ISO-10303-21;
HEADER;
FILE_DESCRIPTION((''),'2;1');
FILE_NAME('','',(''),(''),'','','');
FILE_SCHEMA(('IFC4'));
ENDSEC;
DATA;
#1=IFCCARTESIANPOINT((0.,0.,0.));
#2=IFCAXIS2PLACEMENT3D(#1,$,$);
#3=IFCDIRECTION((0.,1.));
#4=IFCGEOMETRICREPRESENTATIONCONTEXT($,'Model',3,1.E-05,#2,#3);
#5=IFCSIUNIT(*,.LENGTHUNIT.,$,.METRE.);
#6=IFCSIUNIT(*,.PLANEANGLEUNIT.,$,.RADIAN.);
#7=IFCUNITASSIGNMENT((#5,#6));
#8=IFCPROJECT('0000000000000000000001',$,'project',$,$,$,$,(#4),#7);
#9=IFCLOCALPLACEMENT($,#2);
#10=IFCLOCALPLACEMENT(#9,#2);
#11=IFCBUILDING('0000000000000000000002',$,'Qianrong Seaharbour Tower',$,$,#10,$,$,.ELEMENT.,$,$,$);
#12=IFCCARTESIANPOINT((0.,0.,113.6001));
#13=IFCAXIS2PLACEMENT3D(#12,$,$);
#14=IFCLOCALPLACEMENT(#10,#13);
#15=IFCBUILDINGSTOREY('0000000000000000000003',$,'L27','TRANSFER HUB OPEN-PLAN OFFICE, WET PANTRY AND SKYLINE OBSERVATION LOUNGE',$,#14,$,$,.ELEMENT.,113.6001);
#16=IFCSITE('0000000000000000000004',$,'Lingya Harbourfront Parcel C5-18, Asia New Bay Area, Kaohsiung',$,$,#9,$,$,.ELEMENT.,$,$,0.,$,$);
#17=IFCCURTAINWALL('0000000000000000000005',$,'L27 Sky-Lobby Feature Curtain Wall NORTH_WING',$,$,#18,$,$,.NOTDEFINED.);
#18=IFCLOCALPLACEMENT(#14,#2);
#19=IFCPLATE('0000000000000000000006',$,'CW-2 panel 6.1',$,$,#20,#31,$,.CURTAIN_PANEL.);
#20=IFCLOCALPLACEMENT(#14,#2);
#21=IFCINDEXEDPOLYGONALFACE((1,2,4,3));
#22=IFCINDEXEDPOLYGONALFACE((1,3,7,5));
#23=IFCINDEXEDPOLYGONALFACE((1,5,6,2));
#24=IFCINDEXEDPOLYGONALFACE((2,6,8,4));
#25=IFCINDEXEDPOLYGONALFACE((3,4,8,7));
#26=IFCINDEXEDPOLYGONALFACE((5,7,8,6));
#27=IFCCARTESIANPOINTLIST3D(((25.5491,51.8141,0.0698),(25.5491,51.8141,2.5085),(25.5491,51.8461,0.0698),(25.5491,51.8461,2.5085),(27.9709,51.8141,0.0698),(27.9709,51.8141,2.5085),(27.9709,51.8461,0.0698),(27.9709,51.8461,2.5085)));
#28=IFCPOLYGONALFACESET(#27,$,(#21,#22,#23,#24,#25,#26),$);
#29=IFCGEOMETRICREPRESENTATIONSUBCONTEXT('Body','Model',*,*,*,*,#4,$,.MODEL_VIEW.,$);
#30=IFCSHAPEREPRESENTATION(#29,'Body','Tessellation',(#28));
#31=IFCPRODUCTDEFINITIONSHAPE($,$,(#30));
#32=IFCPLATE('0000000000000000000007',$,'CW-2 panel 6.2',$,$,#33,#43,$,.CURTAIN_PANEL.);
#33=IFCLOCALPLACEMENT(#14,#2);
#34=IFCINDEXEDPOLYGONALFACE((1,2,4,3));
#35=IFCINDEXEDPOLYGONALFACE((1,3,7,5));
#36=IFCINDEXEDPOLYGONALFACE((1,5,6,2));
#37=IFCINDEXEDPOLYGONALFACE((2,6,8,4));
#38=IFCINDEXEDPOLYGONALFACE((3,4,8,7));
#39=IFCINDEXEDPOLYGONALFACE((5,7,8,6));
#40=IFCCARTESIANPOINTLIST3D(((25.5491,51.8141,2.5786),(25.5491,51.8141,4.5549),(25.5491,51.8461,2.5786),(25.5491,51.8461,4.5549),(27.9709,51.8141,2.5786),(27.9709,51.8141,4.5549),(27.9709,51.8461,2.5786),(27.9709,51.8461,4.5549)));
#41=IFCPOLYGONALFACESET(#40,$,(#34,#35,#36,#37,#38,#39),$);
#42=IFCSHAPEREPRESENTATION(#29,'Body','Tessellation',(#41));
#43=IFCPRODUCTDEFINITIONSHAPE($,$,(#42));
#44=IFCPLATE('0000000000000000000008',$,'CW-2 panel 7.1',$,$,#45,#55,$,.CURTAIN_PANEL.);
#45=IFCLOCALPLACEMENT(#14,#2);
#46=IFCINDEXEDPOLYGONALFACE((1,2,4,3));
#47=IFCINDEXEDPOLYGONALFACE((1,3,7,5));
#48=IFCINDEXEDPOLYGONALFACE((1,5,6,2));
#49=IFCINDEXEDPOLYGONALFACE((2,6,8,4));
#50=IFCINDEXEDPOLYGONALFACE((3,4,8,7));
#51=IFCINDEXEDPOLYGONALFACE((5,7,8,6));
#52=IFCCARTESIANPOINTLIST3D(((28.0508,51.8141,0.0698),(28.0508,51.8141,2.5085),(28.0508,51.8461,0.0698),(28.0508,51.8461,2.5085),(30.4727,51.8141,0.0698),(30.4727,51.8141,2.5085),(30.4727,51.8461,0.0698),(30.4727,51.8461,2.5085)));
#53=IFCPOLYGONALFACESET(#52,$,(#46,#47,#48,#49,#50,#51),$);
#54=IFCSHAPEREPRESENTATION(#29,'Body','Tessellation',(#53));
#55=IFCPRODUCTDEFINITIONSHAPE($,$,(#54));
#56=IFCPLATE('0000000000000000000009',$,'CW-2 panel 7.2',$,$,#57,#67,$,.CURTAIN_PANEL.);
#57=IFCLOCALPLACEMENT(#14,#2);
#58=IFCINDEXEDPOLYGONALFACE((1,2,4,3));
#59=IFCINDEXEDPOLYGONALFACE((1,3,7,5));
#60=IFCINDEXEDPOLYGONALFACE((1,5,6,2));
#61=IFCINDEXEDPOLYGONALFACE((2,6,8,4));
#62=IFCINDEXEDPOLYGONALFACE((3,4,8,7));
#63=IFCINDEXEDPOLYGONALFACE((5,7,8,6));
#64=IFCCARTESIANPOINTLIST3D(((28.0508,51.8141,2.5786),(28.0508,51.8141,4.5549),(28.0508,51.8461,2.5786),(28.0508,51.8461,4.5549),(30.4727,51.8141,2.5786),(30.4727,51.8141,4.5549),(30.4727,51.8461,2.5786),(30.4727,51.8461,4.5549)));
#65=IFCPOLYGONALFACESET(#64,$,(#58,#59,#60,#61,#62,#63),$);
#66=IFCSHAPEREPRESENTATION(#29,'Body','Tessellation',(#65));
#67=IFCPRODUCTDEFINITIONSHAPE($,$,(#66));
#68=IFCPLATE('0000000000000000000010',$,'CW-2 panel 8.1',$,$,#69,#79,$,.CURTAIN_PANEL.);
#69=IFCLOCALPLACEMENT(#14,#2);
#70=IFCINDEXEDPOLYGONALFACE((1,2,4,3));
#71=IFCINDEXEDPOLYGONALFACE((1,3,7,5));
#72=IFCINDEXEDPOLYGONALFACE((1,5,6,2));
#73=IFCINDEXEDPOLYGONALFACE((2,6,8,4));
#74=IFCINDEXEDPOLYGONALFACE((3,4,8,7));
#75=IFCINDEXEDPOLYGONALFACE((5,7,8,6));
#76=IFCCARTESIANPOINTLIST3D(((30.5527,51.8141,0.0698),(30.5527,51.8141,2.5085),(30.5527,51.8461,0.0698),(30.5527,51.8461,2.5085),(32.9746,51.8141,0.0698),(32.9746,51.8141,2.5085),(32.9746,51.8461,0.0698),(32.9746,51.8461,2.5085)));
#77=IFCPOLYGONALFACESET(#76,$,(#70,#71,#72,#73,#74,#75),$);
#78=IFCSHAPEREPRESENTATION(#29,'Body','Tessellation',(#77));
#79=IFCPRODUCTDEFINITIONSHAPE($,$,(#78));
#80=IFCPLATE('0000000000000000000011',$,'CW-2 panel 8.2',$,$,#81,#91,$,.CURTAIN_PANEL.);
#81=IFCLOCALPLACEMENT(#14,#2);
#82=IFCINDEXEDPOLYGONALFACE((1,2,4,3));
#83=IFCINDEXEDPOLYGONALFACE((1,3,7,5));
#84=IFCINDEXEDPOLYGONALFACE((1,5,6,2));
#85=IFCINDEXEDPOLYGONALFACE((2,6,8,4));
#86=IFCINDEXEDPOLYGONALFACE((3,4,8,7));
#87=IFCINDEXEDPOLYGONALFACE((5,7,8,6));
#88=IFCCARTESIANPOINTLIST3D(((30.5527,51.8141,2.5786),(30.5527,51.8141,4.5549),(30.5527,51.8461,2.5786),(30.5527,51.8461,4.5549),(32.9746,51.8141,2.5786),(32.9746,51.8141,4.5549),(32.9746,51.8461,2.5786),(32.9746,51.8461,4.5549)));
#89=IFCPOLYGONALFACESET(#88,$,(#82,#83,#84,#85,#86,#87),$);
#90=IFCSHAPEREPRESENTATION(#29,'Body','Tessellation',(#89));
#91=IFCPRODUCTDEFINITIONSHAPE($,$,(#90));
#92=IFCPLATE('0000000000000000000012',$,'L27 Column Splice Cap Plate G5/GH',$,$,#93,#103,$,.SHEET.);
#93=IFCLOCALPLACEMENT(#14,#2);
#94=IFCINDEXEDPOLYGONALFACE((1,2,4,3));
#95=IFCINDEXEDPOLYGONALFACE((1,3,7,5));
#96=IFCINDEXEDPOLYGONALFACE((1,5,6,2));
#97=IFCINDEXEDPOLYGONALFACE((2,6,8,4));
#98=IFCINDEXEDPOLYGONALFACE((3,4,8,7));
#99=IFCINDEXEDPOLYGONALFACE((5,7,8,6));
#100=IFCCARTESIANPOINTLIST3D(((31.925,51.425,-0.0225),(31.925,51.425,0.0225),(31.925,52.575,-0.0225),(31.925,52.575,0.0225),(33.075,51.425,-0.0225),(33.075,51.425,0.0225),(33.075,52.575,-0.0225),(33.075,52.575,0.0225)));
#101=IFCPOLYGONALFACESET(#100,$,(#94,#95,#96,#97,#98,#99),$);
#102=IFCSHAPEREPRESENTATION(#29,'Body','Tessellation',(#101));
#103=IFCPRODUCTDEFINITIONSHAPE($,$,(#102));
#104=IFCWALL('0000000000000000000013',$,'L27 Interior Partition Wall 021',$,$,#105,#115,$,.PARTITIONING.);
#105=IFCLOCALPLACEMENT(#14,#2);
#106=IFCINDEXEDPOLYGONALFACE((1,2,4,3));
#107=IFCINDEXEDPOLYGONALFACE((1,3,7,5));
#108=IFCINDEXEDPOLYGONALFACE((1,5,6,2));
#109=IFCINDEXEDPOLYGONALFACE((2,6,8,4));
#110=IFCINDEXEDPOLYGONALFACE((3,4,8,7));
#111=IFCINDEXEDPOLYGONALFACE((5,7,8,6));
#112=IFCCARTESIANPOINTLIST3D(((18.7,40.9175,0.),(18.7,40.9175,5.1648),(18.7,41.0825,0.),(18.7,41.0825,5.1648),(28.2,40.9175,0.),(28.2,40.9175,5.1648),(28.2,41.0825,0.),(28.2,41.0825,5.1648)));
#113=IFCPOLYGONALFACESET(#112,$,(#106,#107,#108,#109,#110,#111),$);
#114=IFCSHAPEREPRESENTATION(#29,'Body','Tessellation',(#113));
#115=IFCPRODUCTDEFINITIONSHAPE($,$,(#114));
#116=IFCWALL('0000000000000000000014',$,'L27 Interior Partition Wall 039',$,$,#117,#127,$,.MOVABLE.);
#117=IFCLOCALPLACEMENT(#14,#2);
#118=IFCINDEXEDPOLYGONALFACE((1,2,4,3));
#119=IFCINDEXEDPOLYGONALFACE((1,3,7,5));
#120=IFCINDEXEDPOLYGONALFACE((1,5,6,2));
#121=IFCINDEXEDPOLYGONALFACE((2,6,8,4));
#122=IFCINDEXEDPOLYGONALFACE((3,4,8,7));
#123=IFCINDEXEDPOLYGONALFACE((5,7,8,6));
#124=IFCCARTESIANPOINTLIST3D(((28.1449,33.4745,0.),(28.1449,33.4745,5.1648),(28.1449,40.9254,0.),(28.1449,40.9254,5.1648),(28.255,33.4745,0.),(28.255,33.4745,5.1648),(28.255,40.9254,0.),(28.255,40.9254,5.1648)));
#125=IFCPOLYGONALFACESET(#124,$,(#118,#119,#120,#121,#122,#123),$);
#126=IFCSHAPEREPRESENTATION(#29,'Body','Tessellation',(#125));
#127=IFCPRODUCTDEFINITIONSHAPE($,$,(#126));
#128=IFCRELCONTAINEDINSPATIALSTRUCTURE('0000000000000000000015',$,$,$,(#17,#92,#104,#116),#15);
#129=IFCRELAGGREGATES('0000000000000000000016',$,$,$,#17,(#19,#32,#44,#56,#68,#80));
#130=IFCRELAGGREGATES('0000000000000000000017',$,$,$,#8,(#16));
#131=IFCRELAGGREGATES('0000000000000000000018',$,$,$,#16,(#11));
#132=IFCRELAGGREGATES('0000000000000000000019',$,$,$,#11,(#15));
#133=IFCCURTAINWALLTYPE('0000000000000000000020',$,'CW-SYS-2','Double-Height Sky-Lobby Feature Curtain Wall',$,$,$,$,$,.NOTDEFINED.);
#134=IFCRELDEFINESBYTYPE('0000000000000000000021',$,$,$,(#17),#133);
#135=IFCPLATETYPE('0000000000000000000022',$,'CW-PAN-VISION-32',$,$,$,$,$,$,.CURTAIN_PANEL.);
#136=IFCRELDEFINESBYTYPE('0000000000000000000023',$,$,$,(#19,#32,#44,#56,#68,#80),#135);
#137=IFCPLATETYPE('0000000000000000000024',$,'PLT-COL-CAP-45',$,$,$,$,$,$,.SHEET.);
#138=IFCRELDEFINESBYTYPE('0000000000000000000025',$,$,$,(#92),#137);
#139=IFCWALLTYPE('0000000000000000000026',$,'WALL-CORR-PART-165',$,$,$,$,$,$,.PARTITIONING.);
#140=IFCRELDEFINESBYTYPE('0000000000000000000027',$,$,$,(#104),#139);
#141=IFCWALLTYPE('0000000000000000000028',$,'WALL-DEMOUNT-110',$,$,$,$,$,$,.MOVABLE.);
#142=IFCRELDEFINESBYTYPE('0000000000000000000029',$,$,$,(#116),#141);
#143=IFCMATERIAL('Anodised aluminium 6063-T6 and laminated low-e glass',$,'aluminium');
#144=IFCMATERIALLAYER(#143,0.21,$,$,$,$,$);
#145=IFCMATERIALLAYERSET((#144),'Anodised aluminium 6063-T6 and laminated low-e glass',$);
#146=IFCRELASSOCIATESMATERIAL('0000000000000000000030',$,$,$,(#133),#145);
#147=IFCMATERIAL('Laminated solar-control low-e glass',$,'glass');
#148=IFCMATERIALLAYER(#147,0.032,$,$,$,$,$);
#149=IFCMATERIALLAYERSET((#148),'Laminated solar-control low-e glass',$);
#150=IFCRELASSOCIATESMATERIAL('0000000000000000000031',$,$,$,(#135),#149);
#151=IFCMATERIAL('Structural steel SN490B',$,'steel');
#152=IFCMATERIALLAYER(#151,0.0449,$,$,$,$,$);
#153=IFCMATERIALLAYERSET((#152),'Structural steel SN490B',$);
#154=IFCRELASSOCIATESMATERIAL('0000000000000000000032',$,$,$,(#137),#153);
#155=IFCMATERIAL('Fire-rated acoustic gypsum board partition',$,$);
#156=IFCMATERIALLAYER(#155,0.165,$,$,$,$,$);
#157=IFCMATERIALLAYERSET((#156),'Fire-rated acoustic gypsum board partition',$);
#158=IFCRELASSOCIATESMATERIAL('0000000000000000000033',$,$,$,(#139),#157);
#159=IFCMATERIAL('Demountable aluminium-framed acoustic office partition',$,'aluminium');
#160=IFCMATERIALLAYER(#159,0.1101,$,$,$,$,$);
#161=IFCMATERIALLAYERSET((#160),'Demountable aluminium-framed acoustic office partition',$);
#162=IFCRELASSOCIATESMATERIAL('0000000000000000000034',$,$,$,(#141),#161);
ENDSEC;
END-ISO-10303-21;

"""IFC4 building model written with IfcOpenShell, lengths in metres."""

from ifc_helpers import new_model, si_unit, direction, frame, frame_2d, origin, origin_2d, place, context, subcontext, project, spatial, rectangle, extrude, material, layer, layer_set, type_object, element, aggregate, save


model = new_model("IFC4")

# Units and contexts
model_context = context("Model", 3, precision=1e-05, world=origin(), true_north=direction((0.0, 1.0)))
body_context = subcontext(model_context, "Body", "Model", "MODEL_VIEW")
ifc_project = project(units=[si_unit("LENGTHUNIT", "METRE"), si_unit("PLANEANGLEUNIT", "RADIAN")], contexts=[model_context])

# Site, building, storey
site_placement = place(None, origin())
site = spatial("IfcSite", under=ifc_project, at=site_placement, Name="Lingya Harbourfront Parcel C5-18, Asia New Bay Area, Kaohsiung", CompositionType="ELEMENT", RefElevation=0.0)
building_placement = place(site_placement, origin())
building = spatial("IfcBuilding", under=site, at=building_placement, Name="Qianrong Seaharbour Tower", CompositionType="ELEMENT")
storey_placement = place(building_placement, frame((0.0, 0.0, 113.6001)))
storey = spatial("IfcBuildingStorey", under=building, at=storey_placement, Name="L27", Description="TRANSFER HUB OPEN-PLAN OFFICE, WET PANTRY AND SKYLINE OBSERVATION LOUNGE", CompositionType="ELEMENT", Elevation=113.6001)

# Shared definitions
ifc_material_1 = material(Name="Structural steel SN490B", Category="steel")

# Curtain wall, plates
ifc_material_2 = material(Name="Anodised aluminium 6063-T6 and laminated low-e glass", Category="aluminium")
ifc_layer_1 = layer(ifc_material_2, 0.21)
ifc_layer_set_1 = layer_set([ifc_layer_1], Name="Anodised aluminium 6063-T6 and laminated low-e glass")
curtain_wall_type = type_object("IfcCurtainWallType", Name="CW-SYS-2", Description="Double-Height Sky-Lobby Feature Curtain Wall", PredefinedType="NOTDEFINED", material=ifc_layer_set_1)
curtain_wall_placement = place(storey_placement, origin())
curtain_wall = element("IfcCurtainWall", 1, at=curtain_wall_placement, inside=storey, type_object=curtain_wall_type, Name="L27 Sky-Lobby Feature Curtain Wall NORTH_WING", PredefinedType="NOTDEFINED")
ifc_material_3 = material(Name="Laminated solar-control low-e glass", Category="glass")
ifc_layer_2 = layer(ifc_material_3, 0.032)
ifc_layer_set_2 = layer_set([ifc_layer_2], Name="Laminated solar-control low-e glass")
plate_type_1 = type_object("IfcPlateType", Name="CW-PAN-VISION-32", PredefinedType="CURTAIN_PANEL", material=ifc_layer_set_2)
plate_1_placement = place(storey_placement, frame((26.76, 51.8301, 0.0698), z_axis=(0.0, 0.0, 1.0), x_axis=(1.0, 0.0, 0.0)))
plate_1 = element("IfcPlate", 2, at=plate_1_placement, type_object=plate_type_1, Name="CW-2 panel 6.1", PredefinedType="CURTAIN_PANEL", context=body_context, shape_type="SweptSolid", body=[
    extrude(rectangle(XDim=2.4219, YDim=0.032, at=origin_2d()), origin(), (0.0, 0.0, 1.0), 2.4387),
])
plate_2_placement = place(storey_placement, frame((26.76, 51.8301, 2.5786), z_axis=(0.0, 0.0, 1.0), x_axis=(1.0, 0.0, 0.0)))
plate_2 = element("IfcPlate", 3, at=plate_2_placement, type_object=plate_type_1, Name="CW-2 panel 6.2", PredefinedType="CURTAIN_PANEL", context=body_context, shape_type="SweptSolid", body=[
    extrude(rectangle(XDim=2.4219, YDim=0.032, at=origin_2d()), origin(), (0.0, 0.0, 1.0), 1.9763),
])
plate_3_placement = place(storey_placement, frame((29.2617, 51.8301, 0.0698), z_axis=(0.0, 0.0, 1.0), x_axis=(1.0, 0.0, 0.0)))
plate_3 = element("IfcPlate", 4, at=plate_3_placement, type_object=plate_type_1, Name="CW-2 panel 7.1", PredefinedType="CURTAIN_PANEL", context=body_context, shape_type="SweptSolid", body=[
    extrude(rectangle(XDim=2.4219, YDim=0.032, at=origin_2d()), origin(), (0.0, 0.0, 1.0), 2.4387),
])
plate_4_placement = place(storey_placement, frame((29.2617, 51.8301, 2.5786), z_axis=(0.0, 0.0, 1.0), x_axis=(1.0, 0.0, 0.0)))
plate_4 = element("IfcPlate", 5, at=plate_4_placement, type_object=plate_type_1, Name="CW-2 panel 7.2", PredefinedType="CURTAIN_PANEL", context=body_context, shape_type="SweptSolid", body=[
    extrude(rectangle(XDim=2.4219, YDim=0.032, at=origin_2d()), origin(), (0.0, 0.0, 1.0), 1.9763),
])
plate_5_placement = place(storey_placement, frame((31.7637, 51.8301, 0.0698), z_axis=(0.0, 0.0, 1.0), x_axis=(1.0, 0.0, 0.0)))
plate_5 = element("IfcPlate", 6, at=plate_5_placement, type_object=plate_type_1, Name="CW-2 panel 8.1", PredefinedType="CURTAIN_PANEL", context=body_context, shape_type="SweptSolid", body=[
    extrude(rectangle(XDim=2.4219, YDim=0.032, at=origin_2d()), origin(), (0.0, 0.0, 1.0), 2.4387),
])
plate_6_placement = place(storey_placement, frame((31.7637, 51.8301, 2.5786), z_axis=(0.0, 0.0, 1.0), x_axis=(1.0, 0.0, 0.0)))
plate_6 = element("IfcPlate", 7, at=plate_6_placement, type_object=plate_type_1, Name="CW-2 panel 8.2", PredefinedType="CURTAIN_PANEL", context=body_context, shape_type="SweptSolid", body=[
    extrude(rectangle(XDim=2.4219, YDim=0.032, at=origin_2d()), origin(), (0.0, 0.0, 1.0), 1.9763),
])
aggregate(curtain_wall, [plate_1, plate_2, plate_3, plate_4, plate_5, plate_6])

# Plate
ifc_layer_3 = layer(ifc_material_1, 0.0449)
ifc_layer_set_3 = layer_set([ifc_layer_3], Name="Structural steel SN490B")
plate_type_2 = type_object("IfcPlateType", Name="PLT-COL-CAP-45", PredefinedType="SHEET", material=ifc_layer_set_3)
plate_7_placement = place(storey_placement, frame((32.5, 52.0, -0.0225), z_axis=(0.0, 0.0, 1.0), x_axis=(1.0, 0.0, 0.0)))
element("IfcPlate", 8, at=plate_7_placement, inside=storey, type_object=plate_type_2, Name="L27 Column Splice Cap Plate G5/GH", PredefinedType="SHEET", context=body_context, shape_type="SweptSolid", body=[
    extrude(rectangle(XDim=1.1499, YDim=1.1499, at=origin_2d()), origin(), (0.0, 0.0, 1.0), 0.0449),
])

# Walls
ifc_material_4 = material(Name="Fire-rated acoustic gypsum board partition")
ifc_layer_4 = layer(ifc_material_4, 0.165)
ifc_layer_set_4 = layer_set([ifc_layer_4], Name="Fire-rated acoustic gypsum board partition")
wall_type_1 = type_object("IfcWallType", Name="WALL-CORR-PART-165", PredefinedType="PARTITIONING", material=ifc_layer_set_4)
wall_1_placement = place(storey_placement, frame((28.2, 41.0, 0.0), z_axis=(0.0, 0.0, 1.0), x_axis=(-1.0, 0.0, 0.0)))
element("IfcWall", 9, at=wall_1_placement, inside=storey, type_object=wall_type_1, Name="L27 Interior Partition Wall 021", PredefinedType="PARTITIONING", context=body_context, shape_type="SweptSolid", body=[
    extrude(rectangle(XDim=9.5, YDim=0.165, at=frame_2d((4.75, 0.0))), origin(), (0.0, 0.0, 1.0), 5.1648),
])
ifc_material_5 = material(Name="Demountable aluminium-framed acoustic office partition", Category="aluminium")
ifc_layer_5 = layer(ifc_material_5, 0.1101)
ifc_layer_set_5 = layer_set([ifc_layer_5], Name="Demountable aluminium-framed acoustic office partition")
wall_type_2 = type_object("IfcWallType", Name="WALL-DEMOUNT-110", PredefinedType="MOVABLE", material=ifc_layer_set_5)
wall_2_placement = place(storey_placement, frame((28.2, 40.9255, 0.0), z_axis=(0.0, 0.0, 1.0), x_axis=(0.0, -1.0, 0.0)))
element("IfcWall", 10, at=wall_2_placement, inside=storey, type_object=wall_type_2, Name="L27 Interior Partition Wall 039", PredefinedType="MOVABLE", context=body_context, shape_type="SweptSolid", body=[
    extrude(rectangle(XDim=7.4509, YDim=0.1101, at=frame_2d((3.7256, 0.0))), origin(), (0.0, 0.0, 1.0), 5.1648),
])

save(model, "model.ifc")
